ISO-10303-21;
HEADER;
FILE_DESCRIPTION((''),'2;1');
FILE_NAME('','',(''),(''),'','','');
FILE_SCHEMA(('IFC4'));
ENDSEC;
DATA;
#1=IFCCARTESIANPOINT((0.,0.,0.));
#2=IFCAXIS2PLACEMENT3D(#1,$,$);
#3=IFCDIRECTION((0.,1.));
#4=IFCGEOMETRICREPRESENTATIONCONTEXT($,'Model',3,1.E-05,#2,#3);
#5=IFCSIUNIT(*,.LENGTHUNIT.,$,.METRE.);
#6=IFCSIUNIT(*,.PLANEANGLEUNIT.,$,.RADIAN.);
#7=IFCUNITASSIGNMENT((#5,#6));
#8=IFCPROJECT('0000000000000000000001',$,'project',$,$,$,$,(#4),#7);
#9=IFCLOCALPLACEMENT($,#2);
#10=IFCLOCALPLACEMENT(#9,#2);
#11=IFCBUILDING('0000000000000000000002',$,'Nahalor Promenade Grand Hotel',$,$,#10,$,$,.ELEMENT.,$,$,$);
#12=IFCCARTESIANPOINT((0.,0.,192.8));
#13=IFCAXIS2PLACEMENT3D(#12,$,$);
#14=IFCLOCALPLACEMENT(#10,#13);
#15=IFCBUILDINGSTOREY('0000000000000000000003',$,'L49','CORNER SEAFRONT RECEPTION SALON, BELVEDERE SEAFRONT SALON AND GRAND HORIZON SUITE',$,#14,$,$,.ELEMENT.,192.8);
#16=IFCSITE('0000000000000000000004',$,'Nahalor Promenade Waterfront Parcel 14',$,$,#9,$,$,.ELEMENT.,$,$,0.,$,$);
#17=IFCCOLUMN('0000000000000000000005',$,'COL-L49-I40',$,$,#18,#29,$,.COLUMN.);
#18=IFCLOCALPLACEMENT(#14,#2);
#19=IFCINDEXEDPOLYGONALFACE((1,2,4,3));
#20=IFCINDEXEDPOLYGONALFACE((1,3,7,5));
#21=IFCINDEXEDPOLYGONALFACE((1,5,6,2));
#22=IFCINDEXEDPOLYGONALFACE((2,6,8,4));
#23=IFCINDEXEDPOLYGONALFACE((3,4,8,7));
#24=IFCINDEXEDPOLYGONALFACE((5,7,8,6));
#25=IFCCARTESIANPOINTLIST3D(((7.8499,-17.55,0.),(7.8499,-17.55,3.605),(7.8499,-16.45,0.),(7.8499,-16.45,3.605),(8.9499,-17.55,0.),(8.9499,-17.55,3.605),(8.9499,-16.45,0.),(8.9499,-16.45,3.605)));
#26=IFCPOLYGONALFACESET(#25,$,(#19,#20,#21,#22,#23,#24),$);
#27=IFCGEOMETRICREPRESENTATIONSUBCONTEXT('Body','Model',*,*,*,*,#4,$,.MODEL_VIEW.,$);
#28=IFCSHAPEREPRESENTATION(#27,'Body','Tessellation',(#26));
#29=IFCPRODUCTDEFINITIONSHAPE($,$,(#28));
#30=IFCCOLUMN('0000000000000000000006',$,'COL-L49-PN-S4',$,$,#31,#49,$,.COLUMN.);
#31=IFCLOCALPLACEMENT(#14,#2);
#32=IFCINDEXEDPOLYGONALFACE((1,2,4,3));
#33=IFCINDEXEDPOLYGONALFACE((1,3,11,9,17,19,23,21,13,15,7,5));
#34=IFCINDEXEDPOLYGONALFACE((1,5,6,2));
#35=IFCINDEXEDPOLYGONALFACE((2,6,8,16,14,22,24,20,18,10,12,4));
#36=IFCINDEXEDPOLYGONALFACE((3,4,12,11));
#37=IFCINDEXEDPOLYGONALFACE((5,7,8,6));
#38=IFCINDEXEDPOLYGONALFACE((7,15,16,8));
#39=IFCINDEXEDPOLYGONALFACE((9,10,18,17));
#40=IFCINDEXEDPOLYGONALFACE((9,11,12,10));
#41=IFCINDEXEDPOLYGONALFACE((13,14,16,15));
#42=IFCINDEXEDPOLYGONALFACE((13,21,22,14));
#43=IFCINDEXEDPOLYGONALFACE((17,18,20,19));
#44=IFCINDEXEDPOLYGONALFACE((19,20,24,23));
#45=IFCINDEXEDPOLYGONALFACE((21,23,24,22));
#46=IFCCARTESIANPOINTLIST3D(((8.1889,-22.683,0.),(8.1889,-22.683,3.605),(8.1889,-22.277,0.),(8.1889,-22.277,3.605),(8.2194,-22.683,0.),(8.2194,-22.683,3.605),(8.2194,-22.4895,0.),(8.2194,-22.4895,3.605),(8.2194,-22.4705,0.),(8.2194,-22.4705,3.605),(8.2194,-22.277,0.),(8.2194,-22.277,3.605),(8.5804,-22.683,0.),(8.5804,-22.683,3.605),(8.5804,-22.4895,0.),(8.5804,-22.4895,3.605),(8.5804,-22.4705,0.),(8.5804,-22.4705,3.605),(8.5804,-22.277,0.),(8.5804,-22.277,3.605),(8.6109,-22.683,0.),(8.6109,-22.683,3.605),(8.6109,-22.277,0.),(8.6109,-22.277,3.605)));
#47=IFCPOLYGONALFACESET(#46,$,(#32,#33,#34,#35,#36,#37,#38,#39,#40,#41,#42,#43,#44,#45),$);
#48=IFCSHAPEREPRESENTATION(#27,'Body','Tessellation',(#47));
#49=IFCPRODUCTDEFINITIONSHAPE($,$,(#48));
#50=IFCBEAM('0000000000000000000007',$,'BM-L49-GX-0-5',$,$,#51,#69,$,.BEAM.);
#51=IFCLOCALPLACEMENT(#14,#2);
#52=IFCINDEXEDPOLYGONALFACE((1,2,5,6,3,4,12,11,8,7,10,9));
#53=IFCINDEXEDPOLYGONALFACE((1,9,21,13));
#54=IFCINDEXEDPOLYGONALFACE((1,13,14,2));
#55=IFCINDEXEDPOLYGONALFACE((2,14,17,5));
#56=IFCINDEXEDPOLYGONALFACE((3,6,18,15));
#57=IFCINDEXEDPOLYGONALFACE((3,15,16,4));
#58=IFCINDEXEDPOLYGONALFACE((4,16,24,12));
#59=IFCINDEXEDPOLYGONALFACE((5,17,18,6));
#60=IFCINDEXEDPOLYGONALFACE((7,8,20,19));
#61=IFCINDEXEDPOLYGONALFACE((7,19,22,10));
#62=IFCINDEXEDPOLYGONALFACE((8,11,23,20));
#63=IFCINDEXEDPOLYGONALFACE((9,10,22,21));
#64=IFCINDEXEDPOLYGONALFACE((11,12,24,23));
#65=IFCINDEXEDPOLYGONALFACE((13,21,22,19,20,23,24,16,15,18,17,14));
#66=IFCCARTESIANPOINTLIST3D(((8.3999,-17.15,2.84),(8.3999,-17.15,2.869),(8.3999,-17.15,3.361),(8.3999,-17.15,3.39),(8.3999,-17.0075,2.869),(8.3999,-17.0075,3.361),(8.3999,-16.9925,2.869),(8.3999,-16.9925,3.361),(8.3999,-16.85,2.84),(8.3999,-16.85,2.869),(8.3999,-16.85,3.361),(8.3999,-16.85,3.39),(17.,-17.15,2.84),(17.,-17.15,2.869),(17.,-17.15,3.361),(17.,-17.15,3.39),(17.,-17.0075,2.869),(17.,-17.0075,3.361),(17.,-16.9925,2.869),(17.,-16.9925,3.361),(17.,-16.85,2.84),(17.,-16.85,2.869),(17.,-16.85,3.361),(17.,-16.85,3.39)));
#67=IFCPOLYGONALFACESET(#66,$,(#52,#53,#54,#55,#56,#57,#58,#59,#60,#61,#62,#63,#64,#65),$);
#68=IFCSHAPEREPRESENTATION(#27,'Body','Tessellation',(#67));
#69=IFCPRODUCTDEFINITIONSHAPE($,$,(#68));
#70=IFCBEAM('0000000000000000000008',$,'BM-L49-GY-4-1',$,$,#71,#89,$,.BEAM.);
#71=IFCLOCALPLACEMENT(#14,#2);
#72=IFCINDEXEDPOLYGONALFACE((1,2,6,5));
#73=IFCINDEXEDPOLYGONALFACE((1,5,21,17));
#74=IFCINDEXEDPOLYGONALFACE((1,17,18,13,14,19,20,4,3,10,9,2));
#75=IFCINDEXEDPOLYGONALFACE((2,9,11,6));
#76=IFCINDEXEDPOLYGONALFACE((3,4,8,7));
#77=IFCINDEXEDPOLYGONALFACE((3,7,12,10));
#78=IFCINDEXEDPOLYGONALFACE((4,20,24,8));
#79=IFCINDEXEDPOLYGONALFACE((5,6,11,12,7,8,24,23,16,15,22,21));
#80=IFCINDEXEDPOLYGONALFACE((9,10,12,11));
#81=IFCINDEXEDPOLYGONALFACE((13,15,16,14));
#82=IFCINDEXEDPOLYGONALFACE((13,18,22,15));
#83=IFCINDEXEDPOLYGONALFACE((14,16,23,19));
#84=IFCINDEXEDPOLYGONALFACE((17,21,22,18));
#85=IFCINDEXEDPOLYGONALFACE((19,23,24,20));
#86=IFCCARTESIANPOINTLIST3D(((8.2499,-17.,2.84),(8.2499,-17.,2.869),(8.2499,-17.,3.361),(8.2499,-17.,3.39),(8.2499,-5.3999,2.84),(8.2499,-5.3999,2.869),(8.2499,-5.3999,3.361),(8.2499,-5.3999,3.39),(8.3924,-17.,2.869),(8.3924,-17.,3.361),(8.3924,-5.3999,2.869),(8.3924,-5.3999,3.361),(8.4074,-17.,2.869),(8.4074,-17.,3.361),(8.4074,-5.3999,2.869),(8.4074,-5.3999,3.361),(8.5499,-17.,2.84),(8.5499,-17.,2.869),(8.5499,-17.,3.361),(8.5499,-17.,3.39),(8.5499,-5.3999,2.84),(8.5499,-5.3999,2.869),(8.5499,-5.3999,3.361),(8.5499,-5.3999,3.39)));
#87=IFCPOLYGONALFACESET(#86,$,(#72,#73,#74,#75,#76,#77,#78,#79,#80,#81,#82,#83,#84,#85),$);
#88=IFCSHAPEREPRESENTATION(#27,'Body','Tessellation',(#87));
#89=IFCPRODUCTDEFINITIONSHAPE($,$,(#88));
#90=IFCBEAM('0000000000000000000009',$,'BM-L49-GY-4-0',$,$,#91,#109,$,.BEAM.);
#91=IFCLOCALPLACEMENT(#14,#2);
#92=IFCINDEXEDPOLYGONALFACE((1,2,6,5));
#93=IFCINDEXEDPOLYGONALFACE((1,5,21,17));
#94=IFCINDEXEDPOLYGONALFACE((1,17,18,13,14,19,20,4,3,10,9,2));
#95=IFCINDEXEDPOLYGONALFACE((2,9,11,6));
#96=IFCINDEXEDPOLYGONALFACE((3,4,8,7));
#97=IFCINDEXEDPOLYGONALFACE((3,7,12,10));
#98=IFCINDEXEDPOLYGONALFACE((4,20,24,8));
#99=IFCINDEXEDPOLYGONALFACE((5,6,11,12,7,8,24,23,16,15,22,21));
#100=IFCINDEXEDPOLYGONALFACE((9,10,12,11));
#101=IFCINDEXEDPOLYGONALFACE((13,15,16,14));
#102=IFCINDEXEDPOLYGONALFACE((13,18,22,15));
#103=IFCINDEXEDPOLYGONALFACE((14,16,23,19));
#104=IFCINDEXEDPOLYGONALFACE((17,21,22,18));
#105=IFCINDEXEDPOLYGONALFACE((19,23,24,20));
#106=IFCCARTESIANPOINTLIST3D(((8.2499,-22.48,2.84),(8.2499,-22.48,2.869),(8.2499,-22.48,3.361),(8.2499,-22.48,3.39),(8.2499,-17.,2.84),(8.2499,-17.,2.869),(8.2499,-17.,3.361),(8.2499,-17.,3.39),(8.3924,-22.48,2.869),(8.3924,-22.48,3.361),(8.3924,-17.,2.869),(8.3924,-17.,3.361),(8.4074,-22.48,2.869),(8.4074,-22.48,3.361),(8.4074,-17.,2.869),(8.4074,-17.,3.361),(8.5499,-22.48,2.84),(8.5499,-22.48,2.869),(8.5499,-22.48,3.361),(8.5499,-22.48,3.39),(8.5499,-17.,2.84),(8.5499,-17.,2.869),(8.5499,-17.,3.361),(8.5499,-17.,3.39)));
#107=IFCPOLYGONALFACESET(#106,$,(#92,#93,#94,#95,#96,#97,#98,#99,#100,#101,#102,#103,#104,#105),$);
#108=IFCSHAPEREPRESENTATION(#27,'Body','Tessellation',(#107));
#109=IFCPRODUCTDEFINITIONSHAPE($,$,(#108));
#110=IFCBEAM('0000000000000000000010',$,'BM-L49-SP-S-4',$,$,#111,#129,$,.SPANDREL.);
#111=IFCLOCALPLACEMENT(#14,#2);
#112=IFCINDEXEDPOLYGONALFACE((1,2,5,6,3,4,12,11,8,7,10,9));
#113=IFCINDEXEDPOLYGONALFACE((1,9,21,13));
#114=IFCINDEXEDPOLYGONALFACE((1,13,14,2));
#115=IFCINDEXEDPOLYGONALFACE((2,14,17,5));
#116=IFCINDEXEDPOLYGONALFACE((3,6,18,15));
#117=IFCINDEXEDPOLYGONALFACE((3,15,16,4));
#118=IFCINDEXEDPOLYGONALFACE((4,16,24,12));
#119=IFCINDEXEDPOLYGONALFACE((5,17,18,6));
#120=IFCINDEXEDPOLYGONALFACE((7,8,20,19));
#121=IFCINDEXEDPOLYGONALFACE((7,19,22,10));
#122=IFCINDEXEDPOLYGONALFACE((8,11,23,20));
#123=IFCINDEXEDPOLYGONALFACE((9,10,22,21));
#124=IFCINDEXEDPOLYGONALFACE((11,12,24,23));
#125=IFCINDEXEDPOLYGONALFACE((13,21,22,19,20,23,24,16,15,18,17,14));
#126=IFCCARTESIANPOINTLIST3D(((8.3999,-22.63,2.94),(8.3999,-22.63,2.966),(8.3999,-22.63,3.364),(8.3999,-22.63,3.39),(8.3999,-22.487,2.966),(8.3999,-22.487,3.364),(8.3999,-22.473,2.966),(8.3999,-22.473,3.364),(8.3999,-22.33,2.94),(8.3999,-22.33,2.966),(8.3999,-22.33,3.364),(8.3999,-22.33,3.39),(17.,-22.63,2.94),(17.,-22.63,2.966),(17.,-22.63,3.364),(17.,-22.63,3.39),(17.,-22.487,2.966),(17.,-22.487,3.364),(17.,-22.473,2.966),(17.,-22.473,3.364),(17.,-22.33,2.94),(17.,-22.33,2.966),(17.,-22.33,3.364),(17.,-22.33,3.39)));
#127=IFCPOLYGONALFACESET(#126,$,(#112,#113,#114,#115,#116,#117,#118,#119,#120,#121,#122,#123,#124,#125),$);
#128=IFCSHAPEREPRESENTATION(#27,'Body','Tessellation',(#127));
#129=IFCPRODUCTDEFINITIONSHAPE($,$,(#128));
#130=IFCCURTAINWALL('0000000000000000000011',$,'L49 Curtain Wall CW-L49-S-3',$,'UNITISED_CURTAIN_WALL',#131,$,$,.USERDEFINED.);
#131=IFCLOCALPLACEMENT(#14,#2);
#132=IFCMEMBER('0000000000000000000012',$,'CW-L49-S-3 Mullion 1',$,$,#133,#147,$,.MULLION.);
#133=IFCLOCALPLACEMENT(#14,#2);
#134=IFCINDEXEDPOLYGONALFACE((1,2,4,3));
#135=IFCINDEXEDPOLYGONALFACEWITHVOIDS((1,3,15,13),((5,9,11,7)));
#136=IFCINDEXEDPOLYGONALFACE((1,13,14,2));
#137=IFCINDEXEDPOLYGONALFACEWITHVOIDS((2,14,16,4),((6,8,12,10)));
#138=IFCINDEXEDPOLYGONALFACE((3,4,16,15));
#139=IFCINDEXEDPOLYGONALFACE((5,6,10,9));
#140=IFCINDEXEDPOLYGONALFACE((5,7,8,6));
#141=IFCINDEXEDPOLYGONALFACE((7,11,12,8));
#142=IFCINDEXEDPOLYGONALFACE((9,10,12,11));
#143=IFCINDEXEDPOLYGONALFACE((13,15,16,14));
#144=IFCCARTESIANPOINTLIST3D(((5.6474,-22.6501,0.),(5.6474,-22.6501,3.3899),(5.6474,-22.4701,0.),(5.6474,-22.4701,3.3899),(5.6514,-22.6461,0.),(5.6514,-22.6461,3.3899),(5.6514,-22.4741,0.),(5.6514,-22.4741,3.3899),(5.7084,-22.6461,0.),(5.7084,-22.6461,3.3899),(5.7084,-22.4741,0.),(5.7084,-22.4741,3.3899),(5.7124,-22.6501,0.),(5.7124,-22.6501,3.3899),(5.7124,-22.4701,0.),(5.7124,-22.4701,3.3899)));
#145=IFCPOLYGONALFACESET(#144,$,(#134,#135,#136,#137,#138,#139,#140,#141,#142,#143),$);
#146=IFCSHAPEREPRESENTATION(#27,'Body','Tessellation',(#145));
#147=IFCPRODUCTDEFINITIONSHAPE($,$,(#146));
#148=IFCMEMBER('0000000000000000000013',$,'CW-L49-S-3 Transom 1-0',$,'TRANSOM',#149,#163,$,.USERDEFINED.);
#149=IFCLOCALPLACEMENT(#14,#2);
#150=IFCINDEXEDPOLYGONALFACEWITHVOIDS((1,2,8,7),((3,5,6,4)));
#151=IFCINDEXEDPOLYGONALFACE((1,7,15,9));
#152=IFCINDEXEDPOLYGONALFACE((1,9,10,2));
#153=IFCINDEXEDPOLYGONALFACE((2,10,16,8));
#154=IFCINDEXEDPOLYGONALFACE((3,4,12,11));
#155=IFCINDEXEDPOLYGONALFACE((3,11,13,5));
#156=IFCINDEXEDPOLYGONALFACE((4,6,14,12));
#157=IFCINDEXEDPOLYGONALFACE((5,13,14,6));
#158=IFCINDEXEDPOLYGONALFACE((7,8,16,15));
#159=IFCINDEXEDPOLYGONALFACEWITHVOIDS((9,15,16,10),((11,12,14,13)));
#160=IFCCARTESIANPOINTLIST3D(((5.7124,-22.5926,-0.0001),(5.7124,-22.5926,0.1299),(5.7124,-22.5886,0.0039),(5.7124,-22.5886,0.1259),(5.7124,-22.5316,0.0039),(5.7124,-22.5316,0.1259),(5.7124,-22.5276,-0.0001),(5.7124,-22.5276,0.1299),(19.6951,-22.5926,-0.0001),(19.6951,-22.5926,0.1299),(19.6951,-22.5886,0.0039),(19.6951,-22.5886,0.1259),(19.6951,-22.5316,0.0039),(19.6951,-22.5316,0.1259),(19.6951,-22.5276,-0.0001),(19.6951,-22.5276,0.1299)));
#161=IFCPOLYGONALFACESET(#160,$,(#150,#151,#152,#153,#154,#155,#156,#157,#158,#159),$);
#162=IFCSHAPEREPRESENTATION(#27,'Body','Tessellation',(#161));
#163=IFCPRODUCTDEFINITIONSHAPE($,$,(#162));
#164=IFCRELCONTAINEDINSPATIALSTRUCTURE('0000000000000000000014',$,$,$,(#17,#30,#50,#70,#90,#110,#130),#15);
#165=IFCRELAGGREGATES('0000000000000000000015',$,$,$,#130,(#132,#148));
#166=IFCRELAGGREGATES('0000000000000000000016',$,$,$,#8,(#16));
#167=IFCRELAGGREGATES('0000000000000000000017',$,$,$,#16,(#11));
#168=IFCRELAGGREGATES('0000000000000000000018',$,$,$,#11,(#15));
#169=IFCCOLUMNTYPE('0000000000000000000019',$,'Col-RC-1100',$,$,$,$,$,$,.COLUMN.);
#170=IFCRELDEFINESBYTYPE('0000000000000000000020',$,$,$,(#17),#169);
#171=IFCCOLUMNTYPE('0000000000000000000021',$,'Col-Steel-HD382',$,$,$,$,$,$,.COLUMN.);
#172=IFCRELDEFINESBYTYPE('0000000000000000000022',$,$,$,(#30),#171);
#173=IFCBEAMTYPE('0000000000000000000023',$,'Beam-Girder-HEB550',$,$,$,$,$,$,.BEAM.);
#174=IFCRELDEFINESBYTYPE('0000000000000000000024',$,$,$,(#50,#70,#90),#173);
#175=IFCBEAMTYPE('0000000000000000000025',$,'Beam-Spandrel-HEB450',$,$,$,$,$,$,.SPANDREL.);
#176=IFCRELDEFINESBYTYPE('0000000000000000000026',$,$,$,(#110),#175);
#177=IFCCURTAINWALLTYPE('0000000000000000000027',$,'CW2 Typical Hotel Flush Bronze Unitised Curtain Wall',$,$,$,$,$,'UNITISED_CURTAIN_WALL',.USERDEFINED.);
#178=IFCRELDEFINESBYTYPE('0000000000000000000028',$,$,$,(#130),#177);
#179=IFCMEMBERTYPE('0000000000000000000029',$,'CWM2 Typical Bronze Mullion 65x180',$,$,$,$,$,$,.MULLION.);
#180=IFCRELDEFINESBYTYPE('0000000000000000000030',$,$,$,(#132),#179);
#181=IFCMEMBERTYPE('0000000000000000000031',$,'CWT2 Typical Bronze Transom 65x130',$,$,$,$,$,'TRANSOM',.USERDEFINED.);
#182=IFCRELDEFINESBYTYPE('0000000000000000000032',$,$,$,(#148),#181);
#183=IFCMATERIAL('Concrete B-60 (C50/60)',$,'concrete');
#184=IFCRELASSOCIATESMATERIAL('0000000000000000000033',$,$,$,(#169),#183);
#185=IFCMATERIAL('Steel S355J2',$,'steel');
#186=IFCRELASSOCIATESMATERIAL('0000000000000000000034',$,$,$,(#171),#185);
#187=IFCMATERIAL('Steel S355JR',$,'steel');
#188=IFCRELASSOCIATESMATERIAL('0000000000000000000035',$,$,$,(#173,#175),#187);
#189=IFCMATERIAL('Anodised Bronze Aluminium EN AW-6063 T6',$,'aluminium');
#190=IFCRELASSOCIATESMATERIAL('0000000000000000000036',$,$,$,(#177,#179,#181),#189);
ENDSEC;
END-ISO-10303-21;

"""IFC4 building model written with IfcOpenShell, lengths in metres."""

from ifc_helpers import new_model, si_unit, direction, frame, origin, origin_2d, place, context, subcontext, project, spatial, rectangle, hollow_rectangle, i_section, extrude, source, transform, mapped, material, material_profile, profile_set, type_object, element, aggregate, save


model = new_model("IFC4")

# Units and contexts
model_context = context("Model", 3, precision=1e-05, world=origin(), true_north=direction((0.0, 1.0)))
body_context = subcontext(model_context, "Body", "Model", "MODEL_VIEW")
ifc_project = project(units=[si_unit("LENGTHUNIT", "METRE"), si_unit("PLANEANGLEUNIT", "RADIAN")], contexts=[model_context])

# Site, building, storey
site_placement = place(None, origin())
site = spatial("IfcSite", under=ifc_project, at=site_placement, Name="Nahalor Promenade Waterfront Parcel 14", CompositionType="ELEMENT", RefElevation=0.0)
building_placement = place(site_placement, origin())
building = spatial("IfcBuilding", under=site, at=building_placement, Name="Nahalor Promenade Grand Hotel", CompositionType="ELEMENT")
storey_placement = place(building_placement, frame((0.0, 0.0, 192.8)))
storey = spatial("IfcBuildingStorey", under=building, at=storey_placement, Name="L49", Description="CORNER SEAFRONT RECEPTION SALON, BELVEDERE SEAFRONT SALON AND GRAND HORIZON SUITE", CompositionType="ELEMENT", Elevation=192.8)

# Columns
ifc_material_1 = material(Name="Concrete B-60 (C50/60)", Category="concrete")
ifc_material_profile_1 = material_profile(ifc_material_1, rectangle(XDim=1.1, YDim=1.1, at=origin_2d()), Name="RC 1100x1100")
ifc_profile_set_1 = profile_set([ifc_material_profile_1], Name="Concrete B-60 (C50/60)")
column_type_1 = type_object("IfcColumnType", Name="Col-RC-1100", PredefinedType="COLUMN", material=ifc_profile_set_1)
shared_shape_1 = source(origin(), body_context, "Body", "SweptSolid", [
    extrude(rectangle(XDim=1.1, YDim=1.1, at=origin_2d()), origin(), (0.0, 0.0, 1.0), 3.605),
])
column_1_placement = place(storey_placement, frame((8.3999, -17.0, 0.0), z_axis=(0.0, 0.0, 1.0), x_axis=(1.0, 0.0, 0.0)))
element("IfcColumn", 1, at=column_1_placement, inside=storey, type_object=column_type_1, Name="COL-L49-I40", PredefinedType="COLUMN", context=body_context, shape_type="MappedRepresentation", body=[
    mapped(shared_shape_1, transform((0.0, 0.0, 0.0), scale=1.0)),
])
ifc_material_2 = material(Name="Steel S355J2", Category="steel")
ifc_material_profile_2 = material_profile(ifc_material_2, i_section(OverallWidth=0.406, OverallDepth=0.422, WebThickness=0.019, FlangeThickness=0.0305, at=origin_2d()), Name="HD 400x382")
ifc_profile_set_2 = profile_set([ifc_material_profile_2], Name="Steel S355J2")
column_type_2 = type_object("IfcColumnType", Name="Col-Steel-HD382", PredefinedType="COLUMN", material=ifc_profile_set_2)
shared_shape_2 = source(origin(), body_context, "Body", "SweptSolid", [
    extrude(i_section(OverallWidth=0.406, OverallDepth=0.422, WebThickness=0.019, FlangeThickness=0.0305, at=origin_2d()), origin(), (0.0, 0.0, 1.0), 3.605),
])
column_2_placement = place(storey_placement, frame((8.3999, -22.48, 0.0), z_axis=(0.0, 0.0, 1.0), x_axis=(0.0, 1.0, 0.0)))
element("IfcColumn", 2, at=column_2_placement, inside=storey, type_object=column_type_2, Name="COL-L49-PN-S4", PredefinedType="COLUMN", context=body_context, shape_type="MappedRepresentation", body=[
    mapped(shared_shape_2, transform((0.0, 0.0, 0.0), scale=1.0)),
])

# Beams
ifc_material_3 = material(Name="Steel S355JR", Category="steel")
ifc_material_profile_3 = material_profile(ifc_material_3, i_section(OverallWidth=0.3, OverallDepth=0.55, WebThickness=0.015, FlangeThickness=0.029, at=origin_2d()), Name="HEB 550")
ifc_profile_set_3 = profile_set([ifc_material_profile_3], Name="Steel S355JR")
beam_type_1 = type_object("IfcBeamType", Name="Beam-Girder-HEB550", PredefinedType="BEAM", material=ifc_profile_set_3)
shared_shape_3 = source(origin(), body_context, "Body", "SweptSolid", [
    extrude(i_section(OverallWidth=0.3, OverallDepth=0.55, WebThickness=0.015, FlangeThickness=0.029, at=origin_2d()), origin(), (0.0, 0.0, 1.0), 8.6001),
])
beam_1_placement = place(storey_placement, frame((8.3999, -17.0, 3.115), z_axis=(1.0, 0.0, 0.0), x_axis=(0.0, 1.0, 0.0)))
element("IfcBeam", 3, at=beam_1_placement, inside=storey, type_object=beam_type_1, Name="BM-L49-GX-0-5", PredefinedType="BEAM", context=body_context, shape_type="MappedRepresentation", body=[
    mapped(shared_shape_3, transform((0.0, 0.0, 0.0), scale=1.0)),
])
shared_shape_4 = source(origin(), body_context, "Body", "SweptSolid", [
    extrude(i_section(OverallWidth=0.3, OverallDepth=0.55, WebThickness=0.015, FlangeThickness=0.029, at=origin_2d()), origin(), (0.0, 0.0, 1.0), 11.6001),
])
beam_2_placement = place(storey_placement, frame((8.3999, -17.0, 3.115), z_axis=(0.0, 1.0, 0.0), x_axis=(-1.0, 0.0, 0.0)))
element("IfcBeam", 4, at=beam_2_placement, inside=storey, type_object=beam_type_1, Name="BM-L49-GY-4-1", PredefinedType="BEAM", context=body_context, shape_type="MappedRepresentation", body=[
    mapped(shared_shape_4, transform((0.0, 0.0, 0.0), scale=1.0)),
])
shared_shape_5 = source(origin(), body_context, "Body", "SweptSolid", [
    extrude(i_section(OverallWidth=0.3, OverallDepth=0.55, WebThickness=0.015, FlangeThickness=0.029, at=origin_2d()), origin(), (0.0, 0.0, 1.0), 5.48),
])
beam_3_placement = place(storey_placement, frame((8.3999, -22.48, 3.115), z_axis=(0.0, 1.0, 0.0), x_axis=(-1.0, 0.0, 0.0)))
element("IfcBeam", 5, at=beam_3_placement, inside=storey, type_object=beam_type_1, Name="BM-L49-GY-4-0", PredefinedType="BEAM", context=body_context, shape_type="MappedRepresentation", body=[
    mapped(shared_shape_5, transform((0.0, 0.0, 0.0), scale=1.0)),
])
ifc_material_profile_4 = material_profile(ifc_material_3, i_section(OverallWidth=0.3, OverallDepth=0.45, WebThickness=0.014, FlangeThickness=0.026, at=origin_2d()), Name="HEB 450")
ifc_profile_set_4 = profile_set([ifc_material_profile_4], Name="Steel S355JR")
beam_type_2 = type_object("IfcBeamType", Name="Beam-Spandrel-HEB450", PredefinedType="SPANDREL", material=ifc_profile_set_4)
shared_shape_6 = source(origin(), body_context, "Body", "SweptSolid", [
    extrude(i_section(OverallWidth=0.3, OverallDepth=0.45, WebThickness=0.014, FlangeThickness=0.026, at=origin_2d()), origin(), (0.0, 0.0, 1.0), 8.6001),
])
beam_4_placement = place(storey_placement, frame((8.3999, -22.48, 3.165), z_axis=(1.0, 0.0, 0.0), x_axis=(0.0, 1.0, 0.0)))
element("IfcBeam", 6, at=beam_4_placement, inside=storey, type_object=beam_type_2, Name="BM-L49-SP-S-4", PredefinedType="SPANDREL", context=body_context, shape_type="MappedRepresentation", body=[
    mapped(shared_shape_6, transform((0.0, 0.0, 0.0), scale=1.0)),
])

# Curtain wall, members
ifc_material_4 = material(Name="Anodised Bronze Aluminium EN AW-6063 T6", Category="aluminium")
curtain_wall_type = type_object("IfcCurtainWallType", Name="CW2 Typical Hotel Flush Bronze Unitised Curtain Wall", ElementType="UNITISED_CURTAIN_WALL", PredefinedType="USERDEFINED", material=ifc_material_4)
curtain_wall_placement = place(storey_placement, origin())
curtain_wall = element("IfcCurtainWall", 7, at=curtain_wall_placement, inside=storey, type_object=curtain_wall_type, Name="L49 Curtain Wall CW-L49-S-3", ObjectType="UNITISED_CURTAIN_WALL", PredefinedType="USERDEFINED")
ifc_material_profile_5 = material_profile(ifc_material_4, hollow_rectangle(XDim=0.065, YDim=0.18, WallThickness=0.004, at=origin_2d()), Name="CWM 65x180x4")
ifc_profile_set_5 = profile_set([ifc_material_profile_5], Name="Anodised Bronze Aluminium EN AW-6063 T6")
member_type_1 = type_object("IfcMemberType", Name="CWM2 Typical Bronze Mullion 65x180", PredefinedType="MULLION", material=ifc_profile_set_5)
shared_shape_7 = source(origin(), body_context, "Body", "SweptSolid", [
    extrude(hollow_rectangle(XDim=0.065, YDim=0.18, WallThickness=0.004, at=origin_2d()), origin(), (0.0, 0.0, 1.0), 3.3899),
])
member_1_placement = place(storey_placement, frame((5.6799, -22.5601, 0.0), z_axis=(0.0, 0.0, 1.0), x_axis=(1.0, 0.0, 0.0)))
member_1 = element("IfcMember", 8, at=member_1_placement, type_object=member_type_1, Name="CW-L49-S-3 Mullion 1", PredefinedType="MULLION", context=body_context, shape_type="MappedRepresentation", body=[
    mapped(shared_shape_7, transform((0.0, 0.0, 0.0), scale=1.0)),
])
ifc_material_profile_6 = material_profile(ifc_material_4, hollow_rectangle(XDim=0.065, YDim=0.13, WallThickness=0.004, at=origin_2d()), Name="CWT 65x130x4")
ifc_profile_set_6 = profile_set([ifc_material_profile_6], Name="Anodised Bronze Aluminium EN AW-6063 T6")
member_type_2 = type_object("IfcMemberType", Name="CWT2 Typical Bronze Transom 65x130", ElementType="TRANSOM", PredefinedType="USERDEFINED", material=ifc_profile_set_6)
shared_shape_8 = source(origin(), body_context, "Body", "SweptSolid", [
    extrude(hollow_rectangle(XDim=0.065, YDim=0.13, WallThickness=0.004, at=origin_2d()), origin(), (0.0, 0.0, 1.0), 13.9827),
])
member_2_placement = place(storey_placement, frame((5.7124, -22.5601, 0.0649), z_axis=(1.0, 0.0, 0.0), x_axis=(0.0, 1.0, 0.0)))
member_2 = element("IfcMember", 9, at=member_2_placement, type_object=member_type_2, Name="CW-L49-S-3 Transom 1-0", ObjectType="TRANSOM", PredefinedType="USERDEFINED", context=body_context, shape_type="MappedRepresentation", body=[
    mapped(shared_shape_8, transform((0.0, 0.0, 0.0), scale=1.0)),
])
aggregate(curtain_wall, [member_1, member_2])

save(model, "model.ifc")
